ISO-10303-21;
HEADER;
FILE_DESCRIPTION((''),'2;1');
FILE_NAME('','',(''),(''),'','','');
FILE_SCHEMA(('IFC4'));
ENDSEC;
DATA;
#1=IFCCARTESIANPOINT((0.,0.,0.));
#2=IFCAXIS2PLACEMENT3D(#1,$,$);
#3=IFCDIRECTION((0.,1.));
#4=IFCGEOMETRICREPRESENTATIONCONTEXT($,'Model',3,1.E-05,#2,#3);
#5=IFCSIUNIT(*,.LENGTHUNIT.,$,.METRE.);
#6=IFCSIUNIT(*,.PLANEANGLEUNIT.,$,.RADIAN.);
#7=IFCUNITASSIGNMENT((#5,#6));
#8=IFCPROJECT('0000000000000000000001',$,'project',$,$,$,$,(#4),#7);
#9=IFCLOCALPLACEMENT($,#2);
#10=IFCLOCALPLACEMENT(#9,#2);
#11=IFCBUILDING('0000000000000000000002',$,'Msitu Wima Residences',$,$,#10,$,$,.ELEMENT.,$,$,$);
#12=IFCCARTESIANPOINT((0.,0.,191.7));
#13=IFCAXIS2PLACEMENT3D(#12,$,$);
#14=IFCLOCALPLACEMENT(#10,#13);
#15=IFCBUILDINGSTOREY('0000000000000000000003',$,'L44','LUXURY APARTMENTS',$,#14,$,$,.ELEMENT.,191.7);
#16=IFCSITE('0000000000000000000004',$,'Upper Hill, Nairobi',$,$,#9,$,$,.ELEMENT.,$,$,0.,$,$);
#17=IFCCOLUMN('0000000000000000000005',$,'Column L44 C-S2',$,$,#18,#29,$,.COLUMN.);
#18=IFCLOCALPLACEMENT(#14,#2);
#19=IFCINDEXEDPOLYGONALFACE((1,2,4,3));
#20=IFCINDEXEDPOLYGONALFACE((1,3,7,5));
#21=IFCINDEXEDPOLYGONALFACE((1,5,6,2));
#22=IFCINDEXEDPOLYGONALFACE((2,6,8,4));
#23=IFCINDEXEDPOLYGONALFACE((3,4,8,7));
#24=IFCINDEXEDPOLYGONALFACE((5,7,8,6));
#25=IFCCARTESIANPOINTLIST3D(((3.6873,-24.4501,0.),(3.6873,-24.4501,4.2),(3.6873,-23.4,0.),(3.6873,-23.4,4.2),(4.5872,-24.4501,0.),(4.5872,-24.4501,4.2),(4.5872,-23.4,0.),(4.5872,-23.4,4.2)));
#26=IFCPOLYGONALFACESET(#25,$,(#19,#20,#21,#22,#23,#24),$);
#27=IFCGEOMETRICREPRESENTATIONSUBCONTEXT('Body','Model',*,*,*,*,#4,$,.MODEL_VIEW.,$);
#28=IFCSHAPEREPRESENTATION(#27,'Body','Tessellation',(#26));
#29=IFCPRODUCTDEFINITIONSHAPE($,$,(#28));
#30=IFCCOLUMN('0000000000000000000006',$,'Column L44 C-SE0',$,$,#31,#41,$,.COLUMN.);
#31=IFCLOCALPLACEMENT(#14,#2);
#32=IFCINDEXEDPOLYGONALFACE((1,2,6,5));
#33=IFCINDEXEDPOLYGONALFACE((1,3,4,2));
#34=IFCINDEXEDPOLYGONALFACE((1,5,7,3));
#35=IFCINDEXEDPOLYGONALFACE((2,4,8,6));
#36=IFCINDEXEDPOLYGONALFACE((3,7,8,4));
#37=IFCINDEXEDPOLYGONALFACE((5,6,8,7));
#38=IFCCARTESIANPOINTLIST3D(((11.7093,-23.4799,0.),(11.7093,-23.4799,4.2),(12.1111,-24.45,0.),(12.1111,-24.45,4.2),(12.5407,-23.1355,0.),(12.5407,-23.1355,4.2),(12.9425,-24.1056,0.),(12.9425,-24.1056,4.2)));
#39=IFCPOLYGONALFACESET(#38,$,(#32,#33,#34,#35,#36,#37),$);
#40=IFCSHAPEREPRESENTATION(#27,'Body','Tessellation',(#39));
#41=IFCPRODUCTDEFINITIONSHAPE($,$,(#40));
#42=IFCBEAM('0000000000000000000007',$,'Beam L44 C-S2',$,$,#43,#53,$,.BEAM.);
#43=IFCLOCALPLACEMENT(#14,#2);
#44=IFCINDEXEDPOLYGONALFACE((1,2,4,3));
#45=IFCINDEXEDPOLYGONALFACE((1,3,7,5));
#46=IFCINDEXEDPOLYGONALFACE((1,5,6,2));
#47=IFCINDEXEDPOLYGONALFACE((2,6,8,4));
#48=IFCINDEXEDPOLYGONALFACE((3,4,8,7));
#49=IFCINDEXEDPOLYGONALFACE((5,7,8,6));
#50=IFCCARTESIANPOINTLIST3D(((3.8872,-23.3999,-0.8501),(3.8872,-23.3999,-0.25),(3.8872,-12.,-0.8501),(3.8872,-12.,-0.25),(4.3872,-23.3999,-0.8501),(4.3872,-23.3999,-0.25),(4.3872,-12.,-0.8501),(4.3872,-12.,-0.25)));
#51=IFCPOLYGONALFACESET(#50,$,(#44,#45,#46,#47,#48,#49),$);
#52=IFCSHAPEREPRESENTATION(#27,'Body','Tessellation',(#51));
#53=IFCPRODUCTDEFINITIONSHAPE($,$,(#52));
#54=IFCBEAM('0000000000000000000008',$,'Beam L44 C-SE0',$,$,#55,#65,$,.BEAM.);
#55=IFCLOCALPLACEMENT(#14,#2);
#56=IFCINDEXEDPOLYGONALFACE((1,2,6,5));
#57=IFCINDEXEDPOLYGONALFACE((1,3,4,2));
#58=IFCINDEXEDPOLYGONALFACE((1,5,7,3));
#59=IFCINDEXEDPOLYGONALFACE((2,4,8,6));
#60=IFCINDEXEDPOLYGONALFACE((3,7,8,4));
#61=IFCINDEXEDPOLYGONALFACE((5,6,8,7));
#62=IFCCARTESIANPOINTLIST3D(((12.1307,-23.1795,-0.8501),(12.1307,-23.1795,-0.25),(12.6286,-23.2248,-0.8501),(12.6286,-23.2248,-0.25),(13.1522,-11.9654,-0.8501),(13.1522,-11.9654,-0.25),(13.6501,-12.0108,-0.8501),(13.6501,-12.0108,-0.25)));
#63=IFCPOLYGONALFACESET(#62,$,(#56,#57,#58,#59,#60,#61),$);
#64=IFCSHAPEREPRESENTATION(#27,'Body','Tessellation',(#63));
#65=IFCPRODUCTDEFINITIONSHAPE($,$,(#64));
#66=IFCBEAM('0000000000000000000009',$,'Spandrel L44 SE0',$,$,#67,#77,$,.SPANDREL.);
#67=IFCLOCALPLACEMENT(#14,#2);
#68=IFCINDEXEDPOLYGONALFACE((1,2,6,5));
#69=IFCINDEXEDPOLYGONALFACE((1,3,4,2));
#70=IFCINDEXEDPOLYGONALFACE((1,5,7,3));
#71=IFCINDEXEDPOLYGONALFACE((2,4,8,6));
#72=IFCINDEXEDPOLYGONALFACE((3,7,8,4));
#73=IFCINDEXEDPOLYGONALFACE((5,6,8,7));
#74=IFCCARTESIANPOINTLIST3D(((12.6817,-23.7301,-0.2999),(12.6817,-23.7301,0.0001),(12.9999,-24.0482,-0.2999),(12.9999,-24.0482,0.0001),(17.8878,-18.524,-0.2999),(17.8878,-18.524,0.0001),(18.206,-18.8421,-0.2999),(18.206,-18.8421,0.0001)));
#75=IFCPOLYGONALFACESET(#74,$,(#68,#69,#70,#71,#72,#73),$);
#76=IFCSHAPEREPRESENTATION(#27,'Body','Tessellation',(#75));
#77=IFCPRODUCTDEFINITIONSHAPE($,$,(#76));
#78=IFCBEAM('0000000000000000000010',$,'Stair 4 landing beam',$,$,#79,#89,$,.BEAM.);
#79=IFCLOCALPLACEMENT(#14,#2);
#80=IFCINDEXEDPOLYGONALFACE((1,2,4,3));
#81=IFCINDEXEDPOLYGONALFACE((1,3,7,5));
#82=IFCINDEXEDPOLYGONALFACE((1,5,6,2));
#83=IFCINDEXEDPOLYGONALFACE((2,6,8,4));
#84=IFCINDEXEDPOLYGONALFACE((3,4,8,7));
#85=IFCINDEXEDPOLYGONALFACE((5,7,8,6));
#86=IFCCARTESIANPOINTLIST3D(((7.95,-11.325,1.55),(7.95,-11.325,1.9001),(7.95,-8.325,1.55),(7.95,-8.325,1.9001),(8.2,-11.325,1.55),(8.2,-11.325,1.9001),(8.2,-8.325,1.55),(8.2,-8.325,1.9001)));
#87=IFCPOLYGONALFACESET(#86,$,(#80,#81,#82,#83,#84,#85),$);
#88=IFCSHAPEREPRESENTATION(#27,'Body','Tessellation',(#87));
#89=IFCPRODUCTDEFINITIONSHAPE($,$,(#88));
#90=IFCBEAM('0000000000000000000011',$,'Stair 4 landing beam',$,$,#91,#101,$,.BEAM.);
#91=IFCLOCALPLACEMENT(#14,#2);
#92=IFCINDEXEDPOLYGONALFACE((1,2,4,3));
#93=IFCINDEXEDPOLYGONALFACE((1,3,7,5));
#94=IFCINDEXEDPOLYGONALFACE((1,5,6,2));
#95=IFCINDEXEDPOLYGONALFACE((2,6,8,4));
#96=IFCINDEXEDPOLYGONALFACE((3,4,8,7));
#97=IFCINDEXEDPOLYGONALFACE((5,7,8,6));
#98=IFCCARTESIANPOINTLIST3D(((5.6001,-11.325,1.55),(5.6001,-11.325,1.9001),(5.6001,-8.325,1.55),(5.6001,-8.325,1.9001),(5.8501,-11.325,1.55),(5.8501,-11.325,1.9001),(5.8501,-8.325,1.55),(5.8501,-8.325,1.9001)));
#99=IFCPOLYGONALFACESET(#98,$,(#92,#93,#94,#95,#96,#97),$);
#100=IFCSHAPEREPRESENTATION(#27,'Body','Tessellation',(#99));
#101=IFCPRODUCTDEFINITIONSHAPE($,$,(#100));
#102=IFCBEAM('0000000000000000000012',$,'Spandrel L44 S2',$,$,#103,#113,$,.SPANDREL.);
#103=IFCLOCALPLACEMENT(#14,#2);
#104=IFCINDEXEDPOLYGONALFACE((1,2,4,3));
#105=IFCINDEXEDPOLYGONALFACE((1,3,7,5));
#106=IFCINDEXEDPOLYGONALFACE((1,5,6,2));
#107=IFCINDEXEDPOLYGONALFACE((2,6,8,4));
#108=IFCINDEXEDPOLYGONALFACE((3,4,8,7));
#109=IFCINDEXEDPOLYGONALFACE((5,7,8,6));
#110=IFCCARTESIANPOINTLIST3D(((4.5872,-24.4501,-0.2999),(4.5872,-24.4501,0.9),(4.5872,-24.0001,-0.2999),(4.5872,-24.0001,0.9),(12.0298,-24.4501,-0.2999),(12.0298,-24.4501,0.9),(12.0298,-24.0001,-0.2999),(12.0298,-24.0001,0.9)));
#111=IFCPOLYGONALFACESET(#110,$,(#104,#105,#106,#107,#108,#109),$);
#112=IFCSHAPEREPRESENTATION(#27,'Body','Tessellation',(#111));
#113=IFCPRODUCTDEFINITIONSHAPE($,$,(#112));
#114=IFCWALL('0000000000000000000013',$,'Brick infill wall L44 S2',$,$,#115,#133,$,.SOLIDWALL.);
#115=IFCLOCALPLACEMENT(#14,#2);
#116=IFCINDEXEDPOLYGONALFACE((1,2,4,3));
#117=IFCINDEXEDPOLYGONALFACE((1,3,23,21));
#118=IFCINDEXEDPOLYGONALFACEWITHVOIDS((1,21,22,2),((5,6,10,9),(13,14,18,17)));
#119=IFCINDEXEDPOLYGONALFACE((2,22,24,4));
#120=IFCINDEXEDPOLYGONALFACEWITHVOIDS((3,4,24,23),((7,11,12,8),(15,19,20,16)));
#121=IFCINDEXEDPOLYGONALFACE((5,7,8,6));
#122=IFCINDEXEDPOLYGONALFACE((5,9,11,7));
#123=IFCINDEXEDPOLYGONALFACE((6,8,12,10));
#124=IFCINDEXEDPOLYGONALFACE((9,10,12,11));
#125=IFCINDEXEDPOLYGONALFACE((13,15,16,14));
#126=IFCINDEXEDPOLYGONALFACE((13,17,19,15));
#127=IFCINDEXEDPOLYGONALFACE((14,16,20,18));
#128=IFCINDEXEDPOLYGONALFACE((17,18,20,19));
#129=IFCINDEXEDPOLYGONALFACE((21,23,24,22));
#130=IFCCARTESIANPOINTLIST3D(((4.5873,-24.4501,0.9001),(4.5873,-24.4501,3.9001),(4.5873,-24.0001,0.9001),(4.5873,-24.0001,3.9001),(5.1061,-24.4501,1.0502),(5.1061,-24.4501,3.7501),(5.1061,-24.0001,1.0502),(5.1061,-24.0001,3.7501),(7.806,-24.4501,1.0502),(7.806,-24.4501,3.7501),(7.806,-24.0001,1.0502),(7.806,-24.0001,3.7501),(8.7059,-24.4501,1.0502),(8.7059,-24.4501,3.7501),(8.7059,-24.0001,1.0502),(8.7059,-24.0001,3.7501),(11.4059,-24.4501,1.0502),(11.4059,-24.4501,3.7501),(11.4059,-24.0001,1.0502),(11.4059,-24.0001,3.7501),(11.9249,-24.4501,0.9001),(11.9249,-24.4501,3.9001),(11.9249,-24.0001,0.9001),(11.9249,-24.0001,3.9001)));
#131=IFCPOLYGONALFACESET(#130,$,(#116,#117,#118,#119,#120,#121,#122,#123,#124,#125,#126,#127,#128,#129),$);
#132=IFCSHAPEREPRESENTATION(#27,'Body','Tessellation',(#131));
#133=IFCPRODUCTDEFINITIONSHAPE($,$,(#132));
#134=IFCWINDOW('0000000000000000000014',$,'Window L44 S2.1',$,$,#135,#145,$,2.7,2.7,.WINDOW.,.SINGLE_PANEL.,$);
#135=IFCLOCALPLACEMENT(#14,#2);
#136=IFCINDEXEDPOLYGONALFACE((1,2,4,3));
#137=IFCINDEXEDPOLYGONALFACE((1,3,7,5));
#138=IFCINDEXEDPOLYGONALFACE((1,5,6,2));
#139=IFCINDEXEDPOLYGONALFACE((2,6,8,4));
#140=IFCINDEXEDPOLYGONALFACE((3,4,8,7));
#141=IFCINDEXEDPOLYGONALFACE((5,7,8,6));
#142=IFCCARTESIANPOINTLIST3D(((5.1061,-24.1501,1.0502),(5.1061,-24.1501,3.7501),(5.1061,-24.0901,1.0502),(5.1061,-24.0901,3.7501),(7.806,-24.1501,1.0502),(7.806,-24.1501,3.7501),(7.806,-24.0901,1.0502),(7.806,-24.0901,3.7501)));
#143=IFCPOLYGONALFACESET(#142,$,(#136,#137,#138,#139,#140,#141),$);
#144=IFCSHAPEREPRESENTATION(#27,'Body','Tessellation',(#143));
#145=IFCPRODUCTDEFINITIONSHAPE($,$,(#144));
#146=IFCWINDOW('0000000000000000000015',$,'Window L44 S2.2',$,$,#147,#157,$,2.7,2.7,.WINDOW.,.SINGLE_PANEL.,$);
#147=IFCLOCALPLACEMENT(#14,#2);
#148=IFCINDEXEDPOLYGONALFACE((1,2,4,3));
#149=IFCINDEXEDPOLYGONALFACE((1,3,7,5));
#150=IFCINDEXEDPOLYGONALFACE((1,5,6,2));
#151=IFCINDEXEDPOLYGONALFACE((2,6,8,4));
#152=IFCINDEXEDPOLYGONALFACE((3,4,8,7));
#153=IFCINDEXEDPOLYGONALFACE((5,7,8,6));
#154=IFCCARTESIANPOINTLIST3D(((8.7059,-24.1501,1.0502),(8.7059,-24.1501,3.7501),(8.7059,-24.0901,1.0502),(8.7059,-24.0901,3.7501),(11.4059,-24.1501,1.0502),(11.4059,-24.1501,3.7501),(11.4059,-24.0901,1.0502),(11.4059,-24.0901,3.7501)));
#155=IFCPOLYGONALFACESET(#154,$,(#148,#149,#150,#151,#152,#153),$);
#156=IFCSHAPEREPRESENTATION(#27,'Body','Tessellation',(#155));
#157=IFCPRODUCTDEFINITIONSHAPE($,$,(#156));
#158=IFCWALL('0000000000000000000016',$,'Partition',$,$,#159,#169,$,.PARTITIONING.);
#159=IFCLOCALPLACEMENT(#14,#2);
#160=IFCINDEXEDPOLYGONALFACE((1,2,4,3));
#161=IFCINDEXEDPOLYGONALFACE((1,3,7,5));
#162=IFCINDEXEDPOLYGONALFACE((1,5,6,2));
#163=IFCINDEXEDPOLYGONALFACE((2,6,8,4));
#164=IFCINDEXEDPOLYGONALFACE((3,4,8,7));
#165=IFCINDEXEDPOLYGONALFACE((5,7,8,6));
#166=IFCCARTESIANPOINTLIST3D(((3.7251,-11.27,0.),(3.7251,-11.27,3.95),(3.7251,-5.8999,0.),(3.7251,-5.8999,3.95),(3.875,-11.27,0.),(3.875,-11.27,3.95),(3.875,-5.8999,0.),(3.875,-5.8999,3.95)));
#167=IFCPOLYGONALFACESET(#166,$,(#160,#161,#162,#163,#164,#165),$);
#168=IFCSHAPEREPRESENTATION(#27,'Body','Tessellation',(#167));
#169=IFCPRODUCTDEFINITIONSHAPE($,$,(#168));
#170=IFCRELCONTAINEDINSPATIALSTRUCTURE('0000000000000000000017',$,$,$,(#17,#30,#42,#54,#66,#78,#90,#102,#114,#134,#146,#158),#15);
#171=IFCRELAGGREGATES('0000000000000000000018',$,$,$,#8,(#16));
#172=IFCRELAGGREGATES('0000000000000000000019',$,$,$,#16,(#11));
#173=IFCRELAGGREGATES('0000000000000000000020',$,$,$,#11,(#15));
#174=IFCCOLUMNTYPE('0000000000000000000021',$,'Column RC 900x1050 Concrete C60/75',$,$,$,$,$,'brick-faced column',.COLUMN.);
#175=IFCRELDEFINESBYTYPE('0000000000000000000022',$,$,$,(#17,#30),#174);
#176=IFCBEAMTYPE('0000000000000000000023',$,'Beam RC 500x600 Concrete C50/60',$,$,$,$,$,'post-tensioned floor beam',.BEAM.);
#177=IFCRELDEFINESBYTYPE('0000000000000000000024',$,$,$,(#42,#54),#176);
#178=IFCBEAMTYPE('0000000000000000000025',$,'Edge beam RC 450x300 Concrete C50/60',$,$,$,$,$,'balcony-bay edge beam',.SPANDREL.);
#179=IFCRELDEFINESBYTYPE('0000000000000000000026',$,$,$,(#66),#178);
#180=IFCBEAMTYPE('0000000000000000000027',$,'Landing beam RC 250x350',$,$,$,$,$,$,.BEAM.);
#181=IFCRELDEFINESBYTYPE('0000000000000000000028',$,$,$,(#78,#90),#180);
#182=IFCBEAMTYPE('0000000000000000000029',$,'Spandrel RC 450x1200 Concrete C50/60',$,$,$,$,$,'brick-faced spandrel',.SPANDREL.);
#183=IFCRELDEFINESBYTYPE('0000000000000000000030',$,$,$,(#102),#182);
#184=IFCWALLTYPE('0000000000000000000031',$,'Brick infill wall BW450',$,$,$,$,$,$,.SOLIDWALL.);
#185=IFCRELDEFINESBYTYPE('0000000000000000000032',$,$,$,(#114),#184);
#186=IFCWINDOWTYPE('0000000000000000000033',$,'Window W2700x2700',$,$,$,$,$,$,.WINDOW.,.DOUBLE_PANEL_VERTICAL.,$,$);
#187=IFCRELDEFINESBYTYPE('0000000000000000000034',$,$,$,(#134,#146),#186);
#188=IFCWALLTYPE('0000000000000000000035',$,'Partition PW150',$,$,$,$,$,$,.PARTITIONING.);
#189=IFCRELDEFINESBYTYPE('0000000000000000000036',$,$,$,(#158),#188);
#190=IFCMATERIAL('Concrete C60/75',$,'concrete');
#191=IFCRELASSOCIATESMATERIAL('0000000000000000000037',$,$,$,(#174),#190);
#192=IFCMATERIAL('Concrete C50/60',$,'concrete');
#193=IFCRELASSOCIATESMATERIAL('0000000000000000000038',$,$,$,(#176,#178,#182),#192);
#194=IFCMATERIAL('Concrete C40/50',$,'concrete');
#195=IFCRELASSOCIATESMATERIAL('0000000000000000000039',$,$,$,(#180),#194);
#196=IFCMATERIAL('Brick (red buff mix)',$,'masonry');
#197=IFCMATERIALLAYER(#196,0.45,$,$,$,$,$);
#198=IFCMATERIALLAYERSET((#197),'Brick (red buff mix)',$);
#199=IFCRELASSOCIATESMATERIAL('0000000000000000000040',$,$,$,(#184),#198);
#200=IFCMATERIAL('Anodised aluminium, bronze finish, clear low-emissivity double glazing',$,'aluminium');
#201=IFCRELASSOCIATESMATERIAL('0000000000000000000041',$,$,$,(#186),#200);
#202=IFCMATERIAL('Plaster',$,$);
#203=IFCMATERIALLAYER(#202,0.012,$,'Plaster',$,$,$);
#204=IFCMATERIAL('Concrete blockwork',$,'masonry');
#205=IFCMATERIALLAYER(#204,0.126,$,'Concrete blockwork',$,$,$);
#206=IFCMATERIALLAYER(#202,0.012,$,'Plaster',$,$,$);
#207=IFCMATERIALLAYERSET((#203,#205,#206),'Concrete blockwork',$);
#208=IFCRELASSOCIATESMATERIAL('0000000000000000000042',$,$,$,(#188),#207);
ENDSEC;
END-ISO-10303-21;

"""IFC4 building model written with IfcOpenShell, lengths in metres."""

from ifc_helpers import new_model, si_unit, direction, frame, frame_2d, origin, origin_2d, place, context, subcontext, project, spatial, rectangle, extrude, material, layer, layer_set, material_profile, profile_set, type_object, element, fill, save


model = new_model("IFC4")

# Units and contexts
model_context = context("Model", 3, precision=1e-05, world=origin(), true_north=direction((0.0, 1.0)))
body_context = subcontext(model_context, "Body", "Model", "MODEL_VIEW")
ifc_project = project(units=[si_unit("LENGTHUNIT", "METRE"), si_unit("PLANEANGLEUNIT", "RADIAN")], contexts=[model_context])

# Site, building, storey
site_placement = place(None, origin())
site = spatial("IfcSite", under=ifc_project, at=site_placement, Name="Upper Hill, Nairobi", CompositionType="ELEMENT", RefElevation=0.0)
building_placement = place(site_placement, origin())
building = spatial("IfcBuilding", under=site, at=building_placement, Name="Msitu Wima Residences", CompositionType="ELEMENT")
storey_placement = place(building_placement, frame((0.0, 0.0, 191.7)))
storey = spatial("IfcBuildingStorey", under=building, at=storey_placement, Name="L44", Description="LUXURY APARTMENTS", CompositionType="ELEMENT", Elevation=191.7)

# Columns
ifc_material_1 = material(Name="Concrete C60/75", Category="concrete")
ifc_material_profile_1 = material_profile(ifc_material_1, rectangle(XDim=0.8999, YDim=1.05, at=origin_2d()), Name="RC 900x1050")
ifc_profile_set_1 = profile_set([ifc_material_profile_1], Name="Concrete C60/75")
column_type = type_object("IfcColumnType", Name="Column RC 900x1050 Concrete C60/75", ElementType="brick-faced column", PredefinedType="COLUMN", material=ifc_profile_set_1)
for number, where, z_axis, x_axis, name in (
    (1, (4.1372, -23.925, 0.0), (0.0, 0.0, 1.0), (1.0, 0.0, 0.0), "Column L44 C-S2"),
    (2, (12.3259, -23.7927, 0.0), (0.0, 0.0, 1.0), (0.92388, 0.382683, 0.0), "Column L44 C-SE0"),
):
    element("IfcColumn", number, at=place(storey_placement, frame(where, z_axis=z_axis, x_axis=x_axis)), inside=storey, type_object=column_type, Name=name, PredefinedType="COLUMN", context=body_context, shape_type="SweptSolid", body=[
        extrude(rectangle(XDim=0.8999, YDim=1.05, at=origin_2d()), origin(), (0.0, 0.0, 1.0), 4.2),
    ])

# Beams
ifc_material_2 = material(Name="Concrete C50/60", Category="concrete")
ifc_material_profile_2 = material_profile(ifc_material_2, rectangle(XDim=0.5, YDim=0.6001, at=origin_2d()), Name="RC 500x600")
ifc_profile_set_2 = profile_set([ifc_material_profile_2], Name="Concrete C50/60")
beam_type_1 = type_object("IfcBeamType", Name="Beam RC 500x600 Concrete C50/60", ElementType="post-tensioned floor beam", PredefinedType="BEAM", material=ifc_profile_set_2)
beam_1_placement = place(storey_placement, frame((4.1372, -23.3999, -0.55), z_axis=(0.0, 1.0, 0.0), x_axis=(-1.0, 0.0, 0.0)))
element("IfcBeam", 3, at=beam_1_placement, inside=storey, type_object=beam_type_1, Name="Beam L44 C-S2", PredefinedType="BEAM", context=body_context, shape_type="SweptSolid", body=[
    extrude(rectangle(XDim=0.5, YDim=0.6001, at=origin_2d()), origin(), (0.0, 0.0, 1.0), 11.3999),
])
beam_2_placement = place(storey_placement, frame((12.3796, -23.2021, -0.55), z_axis=(0.090714, 0.995877, 0.0), x_axis=(-0.995877, 0.090714, 0.0)))
element("IfcBeam", 4, at=beam_2_placement, inside=storey, type_object=beam_type_1, Name="Beam L44 C-SE0", PredefinedType="BEAM", context=body_context, shape_type="SweptSolid", body=[
    extrude(rectangle(XDim=0.5, YDim=0.6001, at=origin_2d()), origin(), (0.0, 0.0, 1.0), 11.2605),
])
ifc_material_profile_3 = material_profile(ifc_material_2, rectangle(XDim=0.45, YDim=0.3, at=origin_2d()), Name="RC 450x300")
ifc_profile_set_3 = profile_set([ifc_material_profile_3], Name="Concrete C50/60")
beam_type_2 = type_object("IfcBeamType", Name="Edge beam RC 450x300 Concrete C50/60", ElementType="balcony-bay edge beam", PredefinedType="SPANDREL", material=ifc_profile_set_3)
beam_3_placement = place(storey_placement, frame((12.8408, -23.8892, -0.1499), z_axis=(0.707107, 0.707107, 0.0), x_axis=(-0.707107, 0.707107, 0.0)))
element("IfcBeam", 5, at=beam_3_placement, inside=storey, type_object=beam_type_2, Name="Spandrel L44 SE0", PredefinedType="SPANDREL", context=body_context, shape_type="SweptSolid", body=[
    extrude(rectangle(XDim=0.45, YDim=0.3, at=origin_2d()), origin(), (0.0, 0.0, 1.0), 7.3625),
])
ifc_material_3 = material(Name="Concrete C40/50", Category="concrete")
ifc_material_profile_4 = material_profile(ifc_material_3, rectangle(XDim=0.25, YDim=0.3501, at=origin_2d()), Name="RC 250x350")
ifc_profile_set_4 = profile_set([ifc_material_profile_4], Name="Concrete C40/50")
beam_type_3 = type_object("IfcBeamType", Name="Landing beam RC 250x350", PredefinedType="BEAM", material=ifc_profile_set_4)
for number, where, z_axis, x_axis, name in (
    (6, (8.075, -11.325, 1.7251), (0.0, 1.0, 0.0), (-1.0, 0.0, 0.0), "Stair 4 landing beam"),
    (7, (5.7251, -11.325, 1.7251), (0.0, 1.0, 0.0), (-1.0, 0.0, 0.0), "Stair 4 landing beam"),
):
    element("IfcBeam", number, at=place(storey_placement, frame(where, z_axis=z_axis, x_axis=x_axis)), inside=storey, type_object=beam_type_3, Name=name, PredefinedType="BEAM", context=body_context, shape_type="SweptSolid", body=[
        extrude(rectangle(XDim=0.25, YDim=0.3501, at=origin_2d()), origin(), (0.0, 0.0, 1.0), 3.0),
    ])
ifc_material_profile_5 = material_profile(ifc_material_2, rectangle(XDim=0.45, YDim=1.2, at=origin_2d()), Name="RC 450x1200")
ifc_profile_set_5 = profile_set([ifc_material_profile_5], Name="Concrete C50/60")
beam_type_4 = type_object("IfcBeamType", Name="Spandrel RC 450x1200 Concrete C50/60", ElementType="brick-faced spandrel", PredefinedType="SPANDREL", material=ifc_profile_set_5)
beam_4_placement = place(storey_placement, frame((4.5872, -24.2251, 0.3), z_axis=(1.0, 0.0, 0.0), x_axis=(0.0, 1.0, 0.0)))
element("IfcBeam", 8, at=beam_4_placement, inside=storey, type_object=beam_type_4, Name="Spandrel L44 S2", PredefinedType="SPANDREL", context=body_context, shape_type="SweptSolid", body=[
    extrude(rectangle(XDim=0.45, YDim=1.2, at=origin_2d()), origin(), (0.0, 0.0, 1.0), 7.4426),
])

# Wall, openings, windows
ifc_material_4 = material(Name="Brick (red buff mix)", Category="masonry")
ifc_layer_1 = layer(ifc_material_4, 0.45)
ifc_layer_set_1 = layer_set([ifc_layer_1], Name="Brick (red buff mix)")
wall_type_1 = type_object("IfcWallType", Name="Brick infill wall BW450", PredefinedType="SOLIDWALL", material=ifc_layer_set_1)
wall_1_placement = place(storey_placement, frame((4.5872, -24.2251, 0.9001), z_axis=(0.0, 0.0, 1.0), x_axis=(1.0, 0.0, 0.0)))
wall_1 = element("IfcWall", 9, at=wall_1_placement, inside=storey, type_object=wall_type_1, Name="Brick infill wall L44 S2", PredefinedType="SOLIDWALL", context=body_context, shape_type="SweptSolid", body=[
    extrude(rectangle(XDim=7.3376, YDim=0.45, at=frame_2d((3.6689, 0.0))), origin(), (0.0, 0.0, 1.0), 3.0),
])
opening_1_placement = place(wall_1_placement, frame((0.5188, 0.0, 0.1499)))
opening_1 = element("IfcOpeningElement", 10, at=opening_1_placement, cuts=wall_1, PredefinedType="OPENING", context=body_context, shape_type="SweptSolid", body=[
    extrude(rectangle(XDim=2.7, YDim=2.7, at=frame_2d((1.3501, 1.3501))), frame((0.0, 0.2349, 0.0), z_axis=(0.0, -1.0, 0.0), x_axis=(1.0, 0.0, 0.0)), (0.0, 0.0, 1.0), 0.47),
])
opening_2_placement = place(wall_1_placement, frame((4.1187, 0.0, 0.1499)))
opening_2 = element("IfcOpeningElement", 11, at=opening_2_placement, cuts=wall_1, PredefinedType="OPENING", context=body_context, shape_type="SweptSolid", body=[
    extrude(rectangle(XDim=2.7, YDim=2.7, at=frame_2d((1.3501, 1.3501))), frame((0.0, 0.2349, 0.0), z_axis=(0.0, -1.0, 0.0), x_axis=(1.0, 0.0, 0.0)), (0.0, 0.0, 1.0), 0.47),
])
ifc_material_5 = material(Name="Anodised aluminium, bronze finish, clear low-emissivity double glazing", Category="aluminium")
window_type = type_object("IfcWindowType", Name="Window W2700x2700", PartitioningType="DOUBLE_PANEL_VERTICAL", PredefinedType="WINDOW", material=ifc_material_5)
window_1_placement = place(opening_1_placement, origin())
window_1 = element("IfcWindow", 12, at=window_1_placement, inside=storey, type_object=window_type, Name="Window L44 S2.1", OverallHeight=2.7, OverallWidth=2.7, PartitioningType="SINGLE_PANEL", PredefinedType="WINDOW", context=body_context, shape_type="SweptSolid", body=[
    extrude(rectangle(XDim=2.7, YDim=2.7, at=frame_2d((1.3501, 1.3501))), frame((0.0, 0.135, 0.0), z_axis=(0.0, -1.0, 0.0), x_axis=(1.0, 0.0, 0.0)), (0.0, 0.0, 1.0), 0.0601),
])
fill(opening_1, window_1)
window_2_placement = place(opening_2_placement, origin())
window_2 = element("IfcWindow", 13, at=window_2_placement, inside=storey, type_object=window_type, Name="Window L44 S2.2", OverallHeight=2.7, OverallWidth=2.7, PartitioningType="SINGLE_PANEL", PredefinedType="WINDOW", context=body_context, shape_type="SweptSolid", body=[
    extrude(rectangle(XDim=2.7, YDim=2.7, at=frame_2d((1.3501, 1.3501))), frame((0.0, 0.135, 0.0), z_axis=(0.0, -1.0, 0.0), x_axis=(1.0, 0.0, 0.0)), (0.0, 0.0, 1.0), 0.0601),
])
fill(opening_2, window_2)

# Wall
ifc_material_6 = material(Name="Plaster")
ifc_layer_2 = layer(ifc_material_6, 0.012, Name="Plaster")
ifc_material_7 = material(Name="Concrete blockwork", Category="masonry")
ifc_layer_3 = layer(ifc_material_7, 0.126, Name="Concrete blockwork")
ifc_layer_4 = layer(ifc_material_6, 0.012, Name="Plaster")
ifc_layer_set_2 = layer_set([ifc_layer_2, ifc_layer_3, ifc_layer_4], Name="Concrete blockwork")
wall_type_2 = type_object("IfcWallType", Name="Partition PW150", PredefinedType="PARTITIONING", material=ifc_layer_set_2)
wall_2_placement = place(storey_placement, frame((3.8, -11.27, 0.0), z_axis=(0.0, 0.0, 1.0), x_axis=(0.0, 1.0, 0.0)))
element("IfcWall", 14, at=wall_2_placement, inside=storey, type_object=wall_type_2, Name="Partition", PredefinedType="PARTITIONING", context=body_context, shape_type="SweptSolid", body=[
    extrude(rectangle(XDim=5.3701, YDim=0.1499, at=frame_2d((2.6851, 0.0))), origin(), (0.0, 0.0, 1.0), 3.95),
])

save(model, "model.ifc")
